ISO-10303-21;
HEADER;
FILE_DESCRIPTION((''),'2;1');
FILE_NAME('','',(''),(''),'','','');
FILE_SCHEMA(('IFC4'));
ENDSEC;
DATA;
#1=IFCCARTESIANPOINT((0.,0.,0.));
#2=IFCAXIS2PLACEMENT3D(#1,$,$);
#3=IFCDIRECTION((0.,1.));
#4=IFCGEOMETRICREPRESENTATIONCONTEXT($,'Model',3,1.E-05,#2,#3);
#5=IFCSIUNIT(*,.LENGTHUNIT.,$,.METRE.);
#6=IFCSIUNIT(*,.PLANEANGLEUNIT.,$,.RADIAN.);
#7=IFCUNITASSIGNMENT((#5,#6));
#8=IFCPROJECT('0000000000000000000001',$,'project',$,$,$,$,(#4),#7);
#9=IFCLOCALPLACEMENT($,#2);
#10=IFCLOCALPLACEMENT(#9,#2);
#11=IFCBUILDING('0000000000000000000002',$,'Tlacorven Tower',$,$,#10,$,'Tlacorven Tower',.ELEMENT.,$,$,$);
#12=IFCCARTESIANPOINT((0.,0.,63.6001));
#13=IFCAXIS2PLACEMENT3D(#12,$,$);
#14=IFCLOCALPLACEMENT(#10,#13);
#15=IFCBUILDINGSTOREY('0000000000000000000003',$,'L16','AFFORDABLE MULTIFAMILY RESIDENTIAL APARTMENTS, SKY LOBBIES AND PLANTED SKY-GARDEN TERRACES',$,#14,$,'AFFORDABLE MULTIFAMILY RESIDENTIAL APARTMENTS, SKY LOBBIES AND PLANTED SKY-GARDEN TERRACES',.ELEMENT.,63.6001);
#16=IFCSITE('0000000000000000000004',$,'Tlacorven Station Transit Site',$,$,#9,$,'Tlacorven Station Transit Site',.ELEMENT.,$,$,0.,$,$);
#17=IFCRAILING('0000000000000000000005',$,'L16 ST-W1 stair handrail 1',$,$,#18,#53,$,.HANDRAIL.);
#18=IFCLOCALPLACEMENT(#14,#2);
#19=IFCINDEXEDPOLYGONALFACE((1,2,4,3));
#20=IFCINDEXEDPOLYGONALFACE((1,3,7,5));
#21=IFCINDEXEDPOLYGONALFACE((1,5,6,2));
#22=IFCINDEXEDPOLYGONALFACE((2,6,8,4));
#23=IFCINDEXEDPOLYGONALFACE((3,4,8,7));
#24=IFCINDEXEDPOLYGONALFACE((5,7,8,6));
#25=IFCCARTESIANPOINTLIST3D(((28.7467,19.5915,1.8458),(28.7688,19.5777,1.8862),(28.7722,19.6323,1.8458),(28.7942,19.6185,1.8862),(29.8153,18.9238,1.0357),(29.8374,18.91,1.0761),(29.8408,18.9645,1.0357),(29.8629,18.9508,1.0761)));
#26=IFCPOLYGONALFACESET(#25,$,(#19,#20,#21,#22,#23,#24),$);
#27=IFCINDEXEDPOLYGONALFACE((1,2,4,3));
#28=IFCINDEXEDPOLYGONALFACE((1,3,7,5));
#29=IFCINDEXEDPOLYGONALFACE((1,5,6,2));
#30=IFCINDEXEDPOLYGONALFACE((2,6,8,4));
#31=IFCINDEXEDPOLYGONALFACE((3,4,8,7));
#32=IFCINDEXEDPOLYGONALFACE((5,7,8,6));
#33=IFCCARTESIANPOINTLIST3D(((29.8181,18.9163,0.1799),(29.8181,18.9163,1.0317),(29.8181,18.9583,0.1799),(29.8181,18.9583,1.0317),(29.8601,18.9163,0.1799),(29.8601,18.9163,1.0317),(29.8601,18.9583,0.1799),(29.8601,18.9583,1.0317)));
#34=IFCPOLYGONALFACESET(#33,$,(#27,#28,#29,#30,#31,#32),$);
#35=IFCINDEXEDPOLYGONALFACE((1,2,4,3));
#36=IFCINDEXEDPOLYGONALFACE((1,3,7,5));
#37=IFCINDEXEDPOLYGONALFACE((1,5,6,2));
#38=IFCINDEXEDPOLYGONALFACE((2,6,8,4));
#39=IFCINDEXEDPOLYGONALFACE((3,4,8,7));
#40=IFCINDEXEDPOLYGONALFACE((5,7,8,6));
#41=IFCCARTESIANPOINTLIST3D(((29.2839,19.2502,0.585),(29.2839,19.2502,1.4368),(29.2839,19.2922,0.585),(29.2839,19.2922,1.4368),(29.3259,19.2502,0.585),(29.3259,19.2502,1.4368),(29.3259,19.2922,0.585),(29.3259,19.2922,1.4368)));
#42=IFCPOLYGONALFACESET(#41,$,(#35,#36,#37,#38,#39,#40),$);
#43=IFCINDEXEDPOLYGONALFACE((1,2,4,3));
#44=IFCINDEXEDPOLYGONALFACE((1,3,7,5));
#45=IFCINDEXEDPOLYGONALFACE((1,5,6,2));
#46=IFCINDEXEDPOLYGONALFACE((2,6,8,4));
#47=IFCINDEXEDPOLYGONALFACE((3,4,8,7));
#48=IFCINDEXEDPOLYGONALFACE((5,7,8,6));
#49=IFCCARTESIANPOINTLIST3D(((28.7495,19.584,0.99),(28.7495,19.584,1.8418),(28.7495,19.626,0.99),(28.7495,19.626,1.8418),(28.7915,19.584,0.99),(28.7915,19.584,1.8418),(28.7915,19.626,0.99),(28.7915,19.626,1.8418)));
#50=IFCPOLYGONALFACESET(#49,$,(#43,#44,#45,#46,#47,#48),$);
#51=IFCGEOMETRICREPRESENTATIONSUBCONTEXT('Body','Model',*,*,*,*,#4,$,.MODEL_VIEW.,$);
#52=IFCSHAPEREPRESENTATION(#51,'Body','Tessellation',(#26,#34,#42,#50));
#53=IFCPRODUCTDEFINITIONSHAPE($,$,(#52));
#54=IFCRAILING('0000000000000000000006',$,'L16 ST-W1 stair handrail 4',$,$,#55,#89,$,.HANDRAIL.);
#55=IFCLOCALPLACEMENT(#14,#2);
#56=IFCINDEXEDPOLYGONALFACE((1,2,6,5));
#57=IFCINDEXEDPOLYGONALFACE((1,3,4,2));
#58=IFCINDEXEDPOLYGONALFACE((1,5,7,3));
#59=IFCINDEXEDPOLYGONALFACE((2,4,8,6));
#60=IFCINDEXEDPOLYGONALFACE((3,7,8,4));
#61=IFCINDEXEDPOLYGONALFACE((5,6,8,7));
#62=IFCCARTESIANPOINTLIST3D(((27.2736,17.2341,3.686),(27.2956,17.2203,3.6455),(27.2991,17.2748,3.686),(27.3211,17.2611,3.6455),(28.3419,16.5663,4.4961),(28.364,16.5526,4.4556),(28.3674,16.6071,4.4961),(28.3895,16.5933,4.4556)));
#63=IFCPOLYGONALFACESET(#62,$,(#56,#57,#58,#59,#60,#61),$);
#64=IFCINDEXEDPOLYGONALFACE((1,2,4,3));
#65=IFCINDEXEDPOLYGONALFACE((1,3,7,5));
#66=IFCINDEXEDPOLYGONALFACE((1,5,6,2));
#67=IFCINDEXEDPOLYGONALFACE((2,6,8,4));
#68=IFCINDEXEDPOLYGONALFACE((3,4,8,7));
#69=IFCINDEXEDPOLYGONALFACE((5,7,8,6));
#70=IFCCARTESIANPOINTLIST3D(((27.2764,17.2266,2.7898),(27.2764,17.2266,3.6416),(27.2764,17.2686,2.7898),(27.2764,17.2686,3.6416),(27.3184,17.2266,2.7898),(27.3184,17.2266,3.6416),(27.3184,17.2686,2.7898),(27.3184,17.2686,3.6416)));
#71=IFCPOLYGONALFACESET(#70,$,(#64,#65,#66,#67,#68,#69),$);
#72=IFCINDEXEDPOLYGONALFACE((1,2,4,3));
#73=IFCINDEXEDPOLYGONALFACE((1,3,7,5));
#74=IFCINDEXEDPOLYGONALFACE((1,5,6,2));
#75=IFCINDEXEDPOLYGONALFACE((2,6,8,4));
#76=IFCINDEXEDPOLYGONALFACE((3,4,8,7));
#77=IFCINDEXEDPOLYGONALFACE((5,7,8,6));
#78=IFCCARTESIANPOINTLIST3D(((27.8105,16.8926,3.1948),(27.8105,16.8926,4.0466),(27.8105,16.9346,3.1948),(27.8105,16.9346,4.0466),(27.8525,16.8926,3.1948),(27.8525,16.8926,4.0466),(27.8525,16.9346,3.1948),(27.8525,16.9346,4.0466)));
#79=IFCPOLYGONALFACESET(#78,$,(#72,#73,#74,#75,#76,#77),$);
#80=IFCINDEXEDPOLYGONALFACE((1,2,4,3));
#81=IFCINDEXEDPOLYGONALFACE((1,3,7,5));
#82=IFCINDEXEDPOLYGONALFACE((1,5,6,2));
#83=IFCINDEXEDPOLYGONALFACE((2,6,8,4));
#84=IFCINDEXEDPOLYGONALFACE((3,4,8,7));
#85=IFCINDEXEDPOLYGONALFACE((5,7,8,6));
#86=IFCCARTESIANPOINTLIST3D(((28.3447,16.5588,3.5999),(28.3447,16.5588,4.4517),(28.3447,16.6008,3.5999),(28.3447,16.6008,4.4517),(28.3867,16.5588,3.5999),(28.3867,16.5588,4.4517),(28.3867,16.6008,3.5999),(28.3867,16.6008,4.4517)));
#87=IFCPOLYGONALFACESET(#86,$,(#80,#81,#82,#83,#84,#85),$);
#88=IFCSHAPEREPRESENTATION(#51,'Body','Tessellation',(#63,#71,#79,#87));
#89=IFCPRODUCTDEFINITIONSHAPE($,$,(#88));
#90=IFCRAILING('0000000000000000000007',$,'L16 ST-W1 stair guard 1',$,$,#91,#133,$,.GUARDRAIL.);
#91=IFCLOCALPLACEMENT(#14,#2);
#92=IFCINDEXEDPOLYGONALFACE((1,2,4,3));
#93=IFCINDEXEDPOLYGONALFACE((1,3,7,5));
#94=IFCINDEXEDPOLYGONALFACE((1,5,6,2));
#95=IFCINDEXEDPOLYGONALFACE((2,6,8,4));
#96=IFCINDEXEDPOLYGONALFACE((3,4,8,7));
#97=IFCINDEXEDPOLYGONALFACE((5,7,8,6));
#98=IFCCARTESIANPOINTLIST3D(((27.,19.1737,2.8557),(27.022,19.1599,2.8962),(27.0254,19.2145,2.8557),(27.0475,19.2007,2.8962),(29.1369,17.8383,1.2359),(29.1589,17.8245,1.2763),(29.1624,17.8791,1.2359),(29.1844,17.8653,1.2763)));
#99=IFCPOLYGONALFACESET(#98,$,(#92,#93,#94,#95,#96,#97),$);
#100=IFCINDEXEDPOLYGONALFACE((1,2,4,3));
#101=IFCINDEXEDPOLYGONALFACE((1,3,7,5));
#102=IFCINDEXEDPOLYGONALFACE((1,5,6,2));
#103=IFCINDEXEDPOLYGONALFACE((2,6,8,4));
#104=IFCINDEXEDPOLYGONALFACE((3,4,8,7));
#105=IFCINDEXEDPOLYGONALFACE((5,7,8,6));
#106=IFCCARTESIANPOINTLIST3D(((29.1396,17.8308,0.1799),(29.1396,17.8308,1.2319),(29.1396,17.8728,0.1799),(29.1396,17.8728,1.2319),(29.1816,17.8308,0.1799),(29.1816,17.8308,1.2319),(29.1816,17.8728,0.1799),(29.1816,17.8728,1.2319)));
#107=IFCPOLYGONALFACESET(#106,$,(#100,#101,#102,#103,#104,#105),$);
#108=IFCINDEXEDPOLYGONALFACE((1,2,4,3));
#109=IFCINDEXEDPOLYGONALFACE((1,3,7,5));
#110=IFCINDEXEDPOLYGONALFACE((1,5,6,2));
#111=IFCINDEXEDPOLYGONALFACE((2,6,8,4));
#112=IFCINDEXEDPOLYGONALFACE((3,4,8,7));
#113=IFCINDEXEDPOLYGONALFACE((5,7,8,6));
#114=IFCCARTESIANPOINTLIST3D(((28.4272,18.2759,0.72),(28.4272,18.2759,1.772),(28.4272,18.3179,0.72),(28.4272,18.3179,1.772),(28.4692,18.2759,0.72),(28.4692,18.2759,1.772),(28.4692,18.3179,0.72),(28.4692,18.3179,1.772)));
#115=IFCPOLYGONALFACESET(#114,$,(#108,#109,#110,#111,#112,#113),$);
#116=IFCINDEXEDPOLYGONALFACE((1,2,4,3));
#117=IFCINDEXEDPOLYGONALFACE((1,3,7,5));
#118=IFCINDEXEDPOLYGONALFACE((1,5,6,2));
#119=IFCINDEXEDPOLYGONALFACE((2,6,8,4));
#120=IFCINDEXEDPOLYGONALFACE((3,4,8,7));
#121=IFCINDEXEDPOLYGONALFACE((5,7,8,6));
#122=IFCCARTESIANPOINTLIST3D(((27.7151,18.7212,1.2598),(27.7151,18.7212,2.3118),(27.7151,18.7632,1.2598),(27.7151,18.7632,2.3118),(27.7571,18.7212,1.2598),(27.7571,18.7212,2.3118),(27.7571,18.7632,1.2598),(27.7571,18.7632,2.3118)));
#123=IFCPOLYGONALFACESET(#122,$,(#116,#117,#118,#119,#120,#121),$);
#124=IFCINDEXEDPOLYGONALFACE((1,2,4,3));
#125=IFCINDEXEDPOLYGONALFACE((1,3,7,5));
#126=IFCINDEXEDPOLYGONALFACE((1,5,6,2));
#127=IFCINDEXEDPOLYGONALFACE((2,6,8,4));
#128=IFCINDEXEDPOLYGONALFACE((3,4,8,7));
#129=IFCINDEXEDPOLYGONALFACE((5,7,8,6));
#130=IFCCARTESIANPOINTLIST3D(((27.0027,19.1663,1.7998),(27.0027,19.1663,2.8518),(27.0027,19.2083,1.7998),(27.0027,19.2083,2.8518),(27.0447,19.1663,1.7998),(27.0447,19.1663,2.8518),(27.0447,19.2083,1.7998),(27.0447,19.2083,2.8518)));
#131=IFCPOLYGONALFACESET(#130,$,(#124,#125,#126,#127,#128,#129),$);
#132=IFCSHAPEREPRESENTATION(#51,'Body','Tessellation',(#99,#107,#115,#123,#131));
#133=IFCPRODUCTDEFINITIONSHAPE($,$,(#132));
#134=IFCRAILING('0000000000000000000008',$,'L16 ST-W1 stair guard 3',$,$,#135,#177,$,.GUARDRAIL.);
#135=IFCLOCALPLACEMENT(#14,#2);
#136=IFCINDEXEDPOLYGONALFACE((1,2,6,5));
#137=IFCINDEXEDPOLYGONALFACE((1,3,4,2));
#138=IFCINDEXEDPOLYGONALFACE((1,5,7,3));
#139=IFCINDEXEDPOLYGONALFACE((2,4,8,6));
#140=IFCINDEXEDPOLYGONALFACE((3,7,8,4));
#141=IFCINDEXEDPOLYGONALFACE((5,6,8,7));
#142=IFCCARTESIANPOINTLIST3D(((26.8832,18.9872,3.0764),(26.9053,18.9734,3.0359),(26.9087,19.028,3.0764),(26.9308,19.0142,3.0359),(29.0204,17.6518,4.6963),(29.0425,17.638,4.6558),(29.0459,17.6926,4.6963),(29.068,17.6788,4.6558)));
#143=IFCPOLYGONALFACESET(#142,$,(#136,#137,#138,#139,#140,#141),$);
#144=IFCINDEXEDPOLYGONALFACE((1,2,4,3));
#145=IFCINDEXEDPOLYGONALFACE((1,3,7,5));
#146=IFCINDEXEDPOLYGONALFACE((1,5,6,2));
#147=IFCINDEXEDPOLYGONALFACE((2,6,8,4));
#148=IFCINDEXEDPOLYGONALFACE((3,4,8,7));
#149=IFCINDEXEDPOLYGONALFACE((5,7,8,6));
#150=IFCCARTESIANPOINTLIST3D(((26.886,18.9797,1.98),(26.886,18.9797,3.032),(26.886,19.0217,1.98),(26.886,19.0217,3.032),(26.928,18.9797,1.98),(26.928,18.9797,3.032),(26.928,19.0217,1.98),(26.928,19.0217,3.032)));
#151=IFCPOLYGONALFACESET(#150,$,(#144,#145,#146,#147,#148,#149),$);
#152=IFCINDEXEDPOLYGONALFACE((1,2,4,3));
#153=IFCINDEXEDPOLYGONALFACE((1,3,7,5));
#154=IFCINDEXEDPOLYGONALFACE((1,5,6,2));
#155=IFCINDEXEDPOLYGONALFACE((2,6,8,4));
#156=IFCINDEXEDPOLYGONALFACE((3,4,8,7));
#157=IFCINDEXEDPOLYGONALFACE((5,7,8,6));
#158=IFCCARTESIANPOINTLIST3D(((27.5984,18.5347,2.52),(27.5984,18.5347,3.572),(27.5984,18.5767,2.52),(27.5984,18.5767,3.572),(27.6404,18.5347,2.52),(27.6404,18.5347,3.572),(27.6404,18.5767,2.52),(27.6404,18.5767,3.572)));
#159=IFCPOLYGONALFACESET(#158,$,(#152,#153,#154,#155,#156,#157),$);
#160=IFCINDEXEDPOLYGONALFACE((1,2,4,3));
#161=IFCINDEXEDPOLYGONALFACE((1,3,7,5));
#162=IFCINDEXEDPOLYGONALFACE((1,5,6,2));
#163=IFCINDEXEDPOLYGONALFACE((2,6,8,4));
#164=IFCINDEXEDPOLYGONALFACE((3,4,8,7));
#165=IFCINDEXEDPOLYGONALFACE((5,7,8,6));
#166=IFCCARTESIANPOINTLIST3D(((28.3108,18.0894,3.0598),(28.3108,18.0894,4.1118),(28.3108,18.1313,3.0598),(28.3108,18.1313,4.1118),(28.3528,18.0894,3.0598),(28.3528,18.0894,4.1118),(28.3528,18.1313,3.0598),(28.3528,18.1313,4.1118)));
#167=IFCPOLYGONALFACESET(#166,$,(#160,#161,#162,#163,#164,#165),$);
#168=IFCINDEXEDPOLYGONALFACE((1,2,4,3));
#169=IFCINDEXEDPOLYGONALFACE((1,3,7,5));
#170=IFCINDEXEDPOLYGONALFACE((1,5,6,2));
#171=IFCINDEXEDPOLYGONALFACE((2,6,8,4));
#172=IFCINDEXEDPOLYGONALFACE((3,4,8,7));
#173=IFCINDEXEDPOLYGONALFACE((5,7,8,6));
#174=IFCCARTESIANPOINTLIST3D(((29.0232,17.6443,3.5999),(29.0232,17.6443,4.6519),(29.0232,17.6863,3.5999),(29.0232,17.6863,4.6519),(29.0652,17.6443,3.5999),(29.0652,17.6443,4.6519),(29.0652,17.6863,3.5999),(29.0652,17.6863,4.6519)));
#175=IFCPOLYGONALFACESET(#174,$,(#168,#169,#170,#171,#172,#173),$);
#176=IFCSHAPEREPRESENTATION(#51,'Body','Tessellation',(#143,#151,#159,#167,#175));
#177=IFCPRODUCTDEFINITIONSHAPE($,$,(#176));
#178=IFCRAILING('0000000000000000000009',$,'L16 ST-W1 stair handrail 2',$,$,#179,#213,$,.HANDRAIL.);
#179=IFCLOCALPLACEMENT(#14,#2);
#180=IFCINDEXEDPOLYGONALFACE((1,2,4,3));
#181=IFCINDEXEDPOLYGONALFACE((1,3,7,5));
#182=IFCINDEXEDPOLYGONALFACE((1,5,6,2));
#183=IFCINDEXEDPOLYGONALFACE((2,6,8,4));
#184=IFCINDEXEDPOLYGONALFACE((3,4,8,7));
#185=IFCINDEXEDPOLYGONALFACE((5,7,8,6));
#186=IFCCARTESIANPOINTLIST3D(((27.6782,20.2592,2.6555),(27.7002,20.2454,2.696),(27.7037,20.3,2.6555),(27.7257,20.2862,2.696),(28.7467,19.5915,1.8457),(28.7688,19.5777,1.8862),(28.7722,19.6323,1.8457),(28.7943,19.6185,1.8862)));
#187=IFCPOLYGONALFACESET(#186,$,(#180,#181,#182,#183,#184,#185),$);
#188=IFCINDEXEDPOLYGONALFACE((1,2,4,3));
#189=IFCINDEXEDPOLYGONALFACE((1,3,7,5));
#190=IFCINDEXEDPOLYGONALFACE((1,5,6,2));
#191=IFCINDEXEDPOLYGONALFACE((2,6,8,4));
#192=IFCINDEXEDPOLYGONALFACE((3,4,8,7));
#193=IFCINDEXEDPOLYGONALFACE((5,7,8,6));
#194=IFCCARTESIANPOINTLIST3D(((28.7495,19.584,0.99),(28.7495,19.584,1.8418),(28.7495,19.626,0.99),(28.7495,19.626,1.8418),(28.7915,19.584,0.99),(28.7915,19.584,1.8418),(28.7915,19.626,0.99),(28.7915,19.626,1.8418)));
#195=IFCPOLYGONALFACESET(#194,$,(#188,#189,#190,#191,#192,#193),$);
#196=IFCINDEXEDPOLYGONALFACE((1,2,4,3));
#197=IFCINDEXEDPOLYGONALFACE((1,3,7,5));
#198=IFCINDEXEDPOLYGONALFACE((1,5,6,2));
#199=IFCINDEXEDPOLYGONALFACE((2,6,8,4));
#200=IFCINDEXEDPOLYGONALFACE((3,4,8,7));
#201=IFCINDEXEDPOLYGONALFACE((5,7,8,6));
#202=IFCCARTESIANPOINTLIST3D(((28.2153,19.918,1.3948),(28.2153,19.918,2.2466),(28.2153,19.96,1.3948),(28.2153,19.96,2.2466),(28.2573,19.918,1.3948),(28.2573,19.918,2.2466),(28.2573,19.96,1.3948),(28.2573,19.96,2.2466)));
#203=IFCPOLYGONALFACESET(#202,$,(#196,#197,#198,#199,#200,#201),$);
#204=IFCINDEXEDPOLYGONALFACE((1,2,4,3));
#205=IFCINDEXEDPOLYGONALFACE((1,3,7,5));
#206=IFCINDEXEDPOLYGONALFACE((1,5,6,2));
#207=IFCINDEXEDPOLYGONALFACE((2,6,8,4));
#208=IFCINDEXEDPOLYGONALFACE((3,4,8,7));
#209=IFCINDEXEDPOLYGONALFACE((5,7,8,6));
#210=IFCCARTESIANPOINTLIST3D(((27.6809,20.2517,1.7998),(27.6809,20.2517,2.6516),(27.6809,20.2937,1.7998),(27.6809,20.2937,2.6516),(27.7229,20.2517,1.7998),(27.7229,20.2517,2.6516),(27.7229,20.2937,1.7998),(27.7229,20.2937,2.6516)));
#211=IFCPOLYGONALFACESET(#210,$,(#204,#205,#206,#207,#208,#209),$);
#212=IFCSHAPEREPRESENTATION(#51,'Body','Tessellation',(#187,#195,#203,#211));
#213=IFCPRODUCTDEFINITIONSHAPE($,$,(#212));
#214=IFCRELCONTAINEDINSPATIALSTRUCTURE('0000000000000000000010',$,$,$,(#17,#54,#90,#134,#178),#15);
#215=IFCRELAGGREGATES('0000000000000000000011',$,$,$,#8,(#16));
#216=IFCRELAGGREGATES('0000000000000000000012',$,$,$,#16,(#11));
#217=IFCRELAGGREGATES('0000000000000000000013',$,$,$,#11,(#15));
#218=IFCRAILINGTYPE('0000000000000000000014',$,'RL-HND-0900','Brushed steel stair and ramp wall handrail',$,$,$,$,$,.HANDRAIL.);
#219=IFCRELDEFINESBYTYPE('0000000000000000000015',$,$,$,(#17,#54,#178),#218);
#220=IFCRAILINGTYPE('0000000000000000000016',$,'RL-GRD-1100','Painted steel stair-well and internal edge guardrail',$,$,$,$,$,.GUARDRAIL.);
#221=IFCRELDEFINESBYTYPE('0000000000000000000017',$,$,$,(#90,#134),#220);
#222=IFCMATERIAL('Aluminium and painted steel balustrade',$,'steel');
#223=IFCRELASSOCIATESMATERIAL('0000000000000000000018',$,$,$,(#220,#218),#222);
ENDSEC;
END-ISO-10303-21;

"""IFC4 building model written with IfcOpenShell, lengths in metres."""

from ifc_helpers import new_model, si_unit, direction, frame, origin, origin_2d, place, context, subcontext, project, spatial, rectangle, extrude, source, transform, mapped, material, type_object, element, save


model = new_model("IFC4")

# Units and contexts
model_context = context("Model", 3, precision=1e-05, world=origin(), true_north=direction((0.0, 1.0)))
body_context = subcontext(model_context, "Body", "Model", "MODEL_VIEW")
ifc_project = project(units=[si_unit("LENGTHUNIT", "METRE"), si_unit("PLANEANGLEUNIT", "RADIAN")], contexts=[model_context])

# Site, building, storey
site_placement = place(None, origin())
site = spatial("IfcSite", under=ifc_project, at=site_placement, Name="Tlacorven Station Transit Site", LongName="Tlacorven Station Transit Site", CompositionType="ELEMENT", RefElevation=0.0)
building_placement = place(site_placement, origin())
building = spatial("IfcBuilding", under=site, at=building_placement, Name="Tlacorven Tower", LongName="Tlacorven Tower", CompositionType="ELEMENT")
storey_placement = place(building_placement, frame((0.0, 0.0, 63.6001)))
storey = spatial("IfcBuildingStorey", under=building, at=storey_placement, Name="L16", Description="AFFORDABLE MULTIFAMILY RESIDENTIAL APARTMENTS, SKY LOBBIES AND PLANTED SKY-GARDEN TERRACES", LongName="AFFORDABLE MULTIFAMILY RESIDENTIAL APARTMENTS, SKY LOBBIES AND PLANTED SKY-GARDEN TERRACES", CompositionType="ELEMENT", Elevation=63.6001)

# Railings
ifc_material_1 = material(Name="Aluminium and painted steel balustrade", Category="steel")
railing_type_1 = type_object("IfcRailingType", Name="RL-GRD-1100", Description="Painted steel stair-well and internal edge guardrail", PredefinedType="GUARDRAIL", material=ifc_material_1)
railing_type_2 = type_object("IfcRailingType", Name="RL-HND-0900", Description="Brushed steel stair and ramp wall handrail", PredefinedType="HANDRAIL", material=ifc_material_1)
shared_shape_1 = source(origin(), body_context, "Body", "SweptSolid", [
    extrude(rectangle(XDim=0.0481, YDim=0.0481, at=origin_2d()), frame((0.0, 0.0, 0.876), z_axis=(-0.71336, 0.445748, 0.540765), x_axis=(-0.529912, -0.848053, 0.0)), (0.0, 0.0, 1.0), 1.498),
    extrude(rectangle(XDim=0.042, YDim=0.042, at=origin_2d()), origin(), (0.0, 0.0, 1.0), 0.8518),
    extrude(rectangle(XDim=0.042, YDim=0.042, at=origin_2d()), frame((-0.5342, 0.334, 0.405)), (0.0, 0.0, 1.0), 0.8518),
    extrude(rectangle(XDim=0.042, YDim=0.042, at=origin_2d()), frame((-1.0686, 0.6677, 0.8101)), (0.0, 0.0, 1.0), 0.8518),
])
railing_1_placement = place(storey_placement, frame((29.8391, 18.9373, 0.1799)))
element("IfcRailing", 1, at=railing_1_placement, inside=storey, type_object=railing_type_2, Name="L16 ST-W1 stair handrail 1", PredefinedType="HANDRAIL", context=body_context, shape_type="MappedRepresentation", body=[
    mapped(shared_shape_1, transform((0.0, 0.0, 0.0), scale=1.0)),
])
shared_shape_2 = source(origin(), body_context, "Body", "SweptSolid", [
    extrude(rectangle(XDim=0.0481, YDim=0.0481, at=origin_2d()), frame((0.0, 0.0, 0.876), z_axis=(0.71328, -0.4458, 0.540828), x_axis=(0.529999, 0.847998, 0.0)), (0.0, 0.0, 1.0), 1.4978),
    extrude(rectangle(XDim=0.042, YDim=0.042, at=origin_2d()), origin(), (0.0, 0.0, 1.0), 0.8518),
    extrude(rectangle(XDim=0.042, YDim=0.042, at=origin_2d()), frame((0.5342, -0.334, 0.405)), (0.0, 0.0, 1.0), 0.8518),
    extrude(rectangle(XDim=0.042, YDim=0.042, at=origin_2d()), frame((1.0684, -0.6677, 0.8101)), (0.0, 0.0, 1.0), 0.8518),
])
railing_2_placement = place(storey_placement, frame((27.2974, 17.2476, 2.7898)))
element("IfcRailing", 2, at=railing_2_placement, inside=storey, type_object=railing_type_2, Name="L16 ST-W1 stair handrail 4", PredefinedType="HANDRAIL", context=body_context, shape_type="MappedRepresentation", body=[
    mapped(shared_shape_2, transform((0.0, 0.0, 0.0), scale=1.0)),
])
shared_shape_3 = source(origin(), body_context, "Body", "SweptSolid", [
    extrude(rectangle(XDim=0.0481, YDim=0.0481, at=origin_2d()), frame((0.0, 0.0, 1.0762), z_axis=(-0.713351, 0.445794, 0.540739), x_axis=(-0.529955, -0.848026, 0.0)), (0.0, 0.0, 1.0), 2.9956),
    extrude(rectangle(XDim=0.042, YDim=0.042, at=origin_2d()), origin(), (0.0, 0.0, 1.0), 1.052),
    extrude(rectangle(XDim=0.042, YDim=0.042, at=origin_2d()), frame((-0.7124, 0.4451, 0.54)), (0.0, 0.0, 1.0), 1.052),
    extrude(rectangle(XDim=0.042, YDim=0.042, at=origin_2d()), frame((-1.4246, 0.8904, 1.0798)), (0.0, 0.0, 1.0), 1.052),
    extrude(rectangle(XDim=0.042, YDim=0.042, at=origin_2d()), frame((-2.137, 1.3354, 1.6199)), (0.0, 0.0, 1.0), 1.052),
])
railing_3_placement = place(storey_placement, frame((29.1606, 17.8518, 0.1799)))
element("IfcRailing", 3, at=railing_3_placement, inside=storey, type_object=railing_type_1, Name="L16 ST-W1 stair guard 1", PredefinedType="GUARDRAIL", context=body_context, shape_type="MappedRepresentation", body=[
    mapped(shared_shape_3, transform((0.0, 0.0, 0.0), scale=1.0)),
])
shared_shape_4 = source(origin(), body_context, "Body", "SweptSolid", [
    extrude(rectangle(XDim=0.0481, YDim=0.0481, at=origin_2d()), frame((0.0, 0.0, 1.0762), z_axis=(0.713391, -0.445768, 0.540707), x_axis=(0.529912, 0.848053, 0.0)), (0.0, 0.0, 1.0), 2.9958),
    extrude(rectangle(XDim=0.042, YDim=0.042, at=origin_2d()), origin(), (0.0, 0.0, 1.0), 1.052),
    extrude(rectangle(XDim=0.042, YDim=0.042, at=origin_2d()), frame((0.7124, -0.4451, 0.54)), (0.0, 0.0, 1.0), 1.052),
    extrude(rectangle(XDim=0.042, YDim=0.042, at=origin_2d()), frame((1.4248, -0.8904, 1.0798)), (0.0, 0.0, 1.0), 1.052),
    extrude(rectangle(XDim=0.042, YDim=0.042, at=origin_2d()), frame((2.1372, -1.3354, 1.6199)), (0.0, 0.0, 1.0), 1.052),
])
railing_4_placement = place(storey_placement, frame((26.907, 19.0007, 1.98)))
element("IfcRailing", 4, at=railing_4_placement, inside=storey, type_object=railing_type_1, Name="L16 ST-W1 stair guard 3", PredefinedType="GUARDRAIL", context=body_context, shape_type="MappedRepresentation", body=[
    mapped(shared_shape_4, transform((0.0, 0.0, 0.0), scale=1.0)),
])
shared_shape_5 = source(origin(), body_context, "Body", "SweptSolid", [
    extrude(rectangle(XDim=0.0481, YDim=0.0481, at=origin_2d()), frame((0.0, 0.0, 0.876), z_axis=(-0.713423, 0.445787, 0.540649), x_axis=(-0.529912, -0.848053, 0.0)), (0.0, 0.0, 1.0), 1.4978),
    extrude(rectangle(XDim=0.042, YDim=0.042, at=origin_2d()), origin(), (0.0, 0.0, 1.0), 0.8518),
    extrude(rectangle(XDim=0.042, YDim=0.042, at=origin_2d()), frame((-0.5342, 0.334, 0.4048)), (0.0, 0.0, 1.0), 0.8518),
    extrude(rectangle(XDim=0.042, YDim=0.042, at=origin_2d()), frame((-1.0686, 0.6677, 0.8098)), (0.0, 0.0, 1.0), 0.8518),
])
railing_5_placement = place(storey_placement, frame((28.7705, 19.605, 0.99)))
element("IfcRailing", 5, at=railing_5_placement, inside=storey, type_object=railing_type_2, Name="L16 ST-W1 stair handrail 2", PredefinedType="HANDRAIL", context=body_context, shape_type="MappedRepresentation", body=[
    mapped(shared_shape_5, transform((0.0, 0.0, 0.0), scale=1.0)),
])

save(model, "model.ifc")
